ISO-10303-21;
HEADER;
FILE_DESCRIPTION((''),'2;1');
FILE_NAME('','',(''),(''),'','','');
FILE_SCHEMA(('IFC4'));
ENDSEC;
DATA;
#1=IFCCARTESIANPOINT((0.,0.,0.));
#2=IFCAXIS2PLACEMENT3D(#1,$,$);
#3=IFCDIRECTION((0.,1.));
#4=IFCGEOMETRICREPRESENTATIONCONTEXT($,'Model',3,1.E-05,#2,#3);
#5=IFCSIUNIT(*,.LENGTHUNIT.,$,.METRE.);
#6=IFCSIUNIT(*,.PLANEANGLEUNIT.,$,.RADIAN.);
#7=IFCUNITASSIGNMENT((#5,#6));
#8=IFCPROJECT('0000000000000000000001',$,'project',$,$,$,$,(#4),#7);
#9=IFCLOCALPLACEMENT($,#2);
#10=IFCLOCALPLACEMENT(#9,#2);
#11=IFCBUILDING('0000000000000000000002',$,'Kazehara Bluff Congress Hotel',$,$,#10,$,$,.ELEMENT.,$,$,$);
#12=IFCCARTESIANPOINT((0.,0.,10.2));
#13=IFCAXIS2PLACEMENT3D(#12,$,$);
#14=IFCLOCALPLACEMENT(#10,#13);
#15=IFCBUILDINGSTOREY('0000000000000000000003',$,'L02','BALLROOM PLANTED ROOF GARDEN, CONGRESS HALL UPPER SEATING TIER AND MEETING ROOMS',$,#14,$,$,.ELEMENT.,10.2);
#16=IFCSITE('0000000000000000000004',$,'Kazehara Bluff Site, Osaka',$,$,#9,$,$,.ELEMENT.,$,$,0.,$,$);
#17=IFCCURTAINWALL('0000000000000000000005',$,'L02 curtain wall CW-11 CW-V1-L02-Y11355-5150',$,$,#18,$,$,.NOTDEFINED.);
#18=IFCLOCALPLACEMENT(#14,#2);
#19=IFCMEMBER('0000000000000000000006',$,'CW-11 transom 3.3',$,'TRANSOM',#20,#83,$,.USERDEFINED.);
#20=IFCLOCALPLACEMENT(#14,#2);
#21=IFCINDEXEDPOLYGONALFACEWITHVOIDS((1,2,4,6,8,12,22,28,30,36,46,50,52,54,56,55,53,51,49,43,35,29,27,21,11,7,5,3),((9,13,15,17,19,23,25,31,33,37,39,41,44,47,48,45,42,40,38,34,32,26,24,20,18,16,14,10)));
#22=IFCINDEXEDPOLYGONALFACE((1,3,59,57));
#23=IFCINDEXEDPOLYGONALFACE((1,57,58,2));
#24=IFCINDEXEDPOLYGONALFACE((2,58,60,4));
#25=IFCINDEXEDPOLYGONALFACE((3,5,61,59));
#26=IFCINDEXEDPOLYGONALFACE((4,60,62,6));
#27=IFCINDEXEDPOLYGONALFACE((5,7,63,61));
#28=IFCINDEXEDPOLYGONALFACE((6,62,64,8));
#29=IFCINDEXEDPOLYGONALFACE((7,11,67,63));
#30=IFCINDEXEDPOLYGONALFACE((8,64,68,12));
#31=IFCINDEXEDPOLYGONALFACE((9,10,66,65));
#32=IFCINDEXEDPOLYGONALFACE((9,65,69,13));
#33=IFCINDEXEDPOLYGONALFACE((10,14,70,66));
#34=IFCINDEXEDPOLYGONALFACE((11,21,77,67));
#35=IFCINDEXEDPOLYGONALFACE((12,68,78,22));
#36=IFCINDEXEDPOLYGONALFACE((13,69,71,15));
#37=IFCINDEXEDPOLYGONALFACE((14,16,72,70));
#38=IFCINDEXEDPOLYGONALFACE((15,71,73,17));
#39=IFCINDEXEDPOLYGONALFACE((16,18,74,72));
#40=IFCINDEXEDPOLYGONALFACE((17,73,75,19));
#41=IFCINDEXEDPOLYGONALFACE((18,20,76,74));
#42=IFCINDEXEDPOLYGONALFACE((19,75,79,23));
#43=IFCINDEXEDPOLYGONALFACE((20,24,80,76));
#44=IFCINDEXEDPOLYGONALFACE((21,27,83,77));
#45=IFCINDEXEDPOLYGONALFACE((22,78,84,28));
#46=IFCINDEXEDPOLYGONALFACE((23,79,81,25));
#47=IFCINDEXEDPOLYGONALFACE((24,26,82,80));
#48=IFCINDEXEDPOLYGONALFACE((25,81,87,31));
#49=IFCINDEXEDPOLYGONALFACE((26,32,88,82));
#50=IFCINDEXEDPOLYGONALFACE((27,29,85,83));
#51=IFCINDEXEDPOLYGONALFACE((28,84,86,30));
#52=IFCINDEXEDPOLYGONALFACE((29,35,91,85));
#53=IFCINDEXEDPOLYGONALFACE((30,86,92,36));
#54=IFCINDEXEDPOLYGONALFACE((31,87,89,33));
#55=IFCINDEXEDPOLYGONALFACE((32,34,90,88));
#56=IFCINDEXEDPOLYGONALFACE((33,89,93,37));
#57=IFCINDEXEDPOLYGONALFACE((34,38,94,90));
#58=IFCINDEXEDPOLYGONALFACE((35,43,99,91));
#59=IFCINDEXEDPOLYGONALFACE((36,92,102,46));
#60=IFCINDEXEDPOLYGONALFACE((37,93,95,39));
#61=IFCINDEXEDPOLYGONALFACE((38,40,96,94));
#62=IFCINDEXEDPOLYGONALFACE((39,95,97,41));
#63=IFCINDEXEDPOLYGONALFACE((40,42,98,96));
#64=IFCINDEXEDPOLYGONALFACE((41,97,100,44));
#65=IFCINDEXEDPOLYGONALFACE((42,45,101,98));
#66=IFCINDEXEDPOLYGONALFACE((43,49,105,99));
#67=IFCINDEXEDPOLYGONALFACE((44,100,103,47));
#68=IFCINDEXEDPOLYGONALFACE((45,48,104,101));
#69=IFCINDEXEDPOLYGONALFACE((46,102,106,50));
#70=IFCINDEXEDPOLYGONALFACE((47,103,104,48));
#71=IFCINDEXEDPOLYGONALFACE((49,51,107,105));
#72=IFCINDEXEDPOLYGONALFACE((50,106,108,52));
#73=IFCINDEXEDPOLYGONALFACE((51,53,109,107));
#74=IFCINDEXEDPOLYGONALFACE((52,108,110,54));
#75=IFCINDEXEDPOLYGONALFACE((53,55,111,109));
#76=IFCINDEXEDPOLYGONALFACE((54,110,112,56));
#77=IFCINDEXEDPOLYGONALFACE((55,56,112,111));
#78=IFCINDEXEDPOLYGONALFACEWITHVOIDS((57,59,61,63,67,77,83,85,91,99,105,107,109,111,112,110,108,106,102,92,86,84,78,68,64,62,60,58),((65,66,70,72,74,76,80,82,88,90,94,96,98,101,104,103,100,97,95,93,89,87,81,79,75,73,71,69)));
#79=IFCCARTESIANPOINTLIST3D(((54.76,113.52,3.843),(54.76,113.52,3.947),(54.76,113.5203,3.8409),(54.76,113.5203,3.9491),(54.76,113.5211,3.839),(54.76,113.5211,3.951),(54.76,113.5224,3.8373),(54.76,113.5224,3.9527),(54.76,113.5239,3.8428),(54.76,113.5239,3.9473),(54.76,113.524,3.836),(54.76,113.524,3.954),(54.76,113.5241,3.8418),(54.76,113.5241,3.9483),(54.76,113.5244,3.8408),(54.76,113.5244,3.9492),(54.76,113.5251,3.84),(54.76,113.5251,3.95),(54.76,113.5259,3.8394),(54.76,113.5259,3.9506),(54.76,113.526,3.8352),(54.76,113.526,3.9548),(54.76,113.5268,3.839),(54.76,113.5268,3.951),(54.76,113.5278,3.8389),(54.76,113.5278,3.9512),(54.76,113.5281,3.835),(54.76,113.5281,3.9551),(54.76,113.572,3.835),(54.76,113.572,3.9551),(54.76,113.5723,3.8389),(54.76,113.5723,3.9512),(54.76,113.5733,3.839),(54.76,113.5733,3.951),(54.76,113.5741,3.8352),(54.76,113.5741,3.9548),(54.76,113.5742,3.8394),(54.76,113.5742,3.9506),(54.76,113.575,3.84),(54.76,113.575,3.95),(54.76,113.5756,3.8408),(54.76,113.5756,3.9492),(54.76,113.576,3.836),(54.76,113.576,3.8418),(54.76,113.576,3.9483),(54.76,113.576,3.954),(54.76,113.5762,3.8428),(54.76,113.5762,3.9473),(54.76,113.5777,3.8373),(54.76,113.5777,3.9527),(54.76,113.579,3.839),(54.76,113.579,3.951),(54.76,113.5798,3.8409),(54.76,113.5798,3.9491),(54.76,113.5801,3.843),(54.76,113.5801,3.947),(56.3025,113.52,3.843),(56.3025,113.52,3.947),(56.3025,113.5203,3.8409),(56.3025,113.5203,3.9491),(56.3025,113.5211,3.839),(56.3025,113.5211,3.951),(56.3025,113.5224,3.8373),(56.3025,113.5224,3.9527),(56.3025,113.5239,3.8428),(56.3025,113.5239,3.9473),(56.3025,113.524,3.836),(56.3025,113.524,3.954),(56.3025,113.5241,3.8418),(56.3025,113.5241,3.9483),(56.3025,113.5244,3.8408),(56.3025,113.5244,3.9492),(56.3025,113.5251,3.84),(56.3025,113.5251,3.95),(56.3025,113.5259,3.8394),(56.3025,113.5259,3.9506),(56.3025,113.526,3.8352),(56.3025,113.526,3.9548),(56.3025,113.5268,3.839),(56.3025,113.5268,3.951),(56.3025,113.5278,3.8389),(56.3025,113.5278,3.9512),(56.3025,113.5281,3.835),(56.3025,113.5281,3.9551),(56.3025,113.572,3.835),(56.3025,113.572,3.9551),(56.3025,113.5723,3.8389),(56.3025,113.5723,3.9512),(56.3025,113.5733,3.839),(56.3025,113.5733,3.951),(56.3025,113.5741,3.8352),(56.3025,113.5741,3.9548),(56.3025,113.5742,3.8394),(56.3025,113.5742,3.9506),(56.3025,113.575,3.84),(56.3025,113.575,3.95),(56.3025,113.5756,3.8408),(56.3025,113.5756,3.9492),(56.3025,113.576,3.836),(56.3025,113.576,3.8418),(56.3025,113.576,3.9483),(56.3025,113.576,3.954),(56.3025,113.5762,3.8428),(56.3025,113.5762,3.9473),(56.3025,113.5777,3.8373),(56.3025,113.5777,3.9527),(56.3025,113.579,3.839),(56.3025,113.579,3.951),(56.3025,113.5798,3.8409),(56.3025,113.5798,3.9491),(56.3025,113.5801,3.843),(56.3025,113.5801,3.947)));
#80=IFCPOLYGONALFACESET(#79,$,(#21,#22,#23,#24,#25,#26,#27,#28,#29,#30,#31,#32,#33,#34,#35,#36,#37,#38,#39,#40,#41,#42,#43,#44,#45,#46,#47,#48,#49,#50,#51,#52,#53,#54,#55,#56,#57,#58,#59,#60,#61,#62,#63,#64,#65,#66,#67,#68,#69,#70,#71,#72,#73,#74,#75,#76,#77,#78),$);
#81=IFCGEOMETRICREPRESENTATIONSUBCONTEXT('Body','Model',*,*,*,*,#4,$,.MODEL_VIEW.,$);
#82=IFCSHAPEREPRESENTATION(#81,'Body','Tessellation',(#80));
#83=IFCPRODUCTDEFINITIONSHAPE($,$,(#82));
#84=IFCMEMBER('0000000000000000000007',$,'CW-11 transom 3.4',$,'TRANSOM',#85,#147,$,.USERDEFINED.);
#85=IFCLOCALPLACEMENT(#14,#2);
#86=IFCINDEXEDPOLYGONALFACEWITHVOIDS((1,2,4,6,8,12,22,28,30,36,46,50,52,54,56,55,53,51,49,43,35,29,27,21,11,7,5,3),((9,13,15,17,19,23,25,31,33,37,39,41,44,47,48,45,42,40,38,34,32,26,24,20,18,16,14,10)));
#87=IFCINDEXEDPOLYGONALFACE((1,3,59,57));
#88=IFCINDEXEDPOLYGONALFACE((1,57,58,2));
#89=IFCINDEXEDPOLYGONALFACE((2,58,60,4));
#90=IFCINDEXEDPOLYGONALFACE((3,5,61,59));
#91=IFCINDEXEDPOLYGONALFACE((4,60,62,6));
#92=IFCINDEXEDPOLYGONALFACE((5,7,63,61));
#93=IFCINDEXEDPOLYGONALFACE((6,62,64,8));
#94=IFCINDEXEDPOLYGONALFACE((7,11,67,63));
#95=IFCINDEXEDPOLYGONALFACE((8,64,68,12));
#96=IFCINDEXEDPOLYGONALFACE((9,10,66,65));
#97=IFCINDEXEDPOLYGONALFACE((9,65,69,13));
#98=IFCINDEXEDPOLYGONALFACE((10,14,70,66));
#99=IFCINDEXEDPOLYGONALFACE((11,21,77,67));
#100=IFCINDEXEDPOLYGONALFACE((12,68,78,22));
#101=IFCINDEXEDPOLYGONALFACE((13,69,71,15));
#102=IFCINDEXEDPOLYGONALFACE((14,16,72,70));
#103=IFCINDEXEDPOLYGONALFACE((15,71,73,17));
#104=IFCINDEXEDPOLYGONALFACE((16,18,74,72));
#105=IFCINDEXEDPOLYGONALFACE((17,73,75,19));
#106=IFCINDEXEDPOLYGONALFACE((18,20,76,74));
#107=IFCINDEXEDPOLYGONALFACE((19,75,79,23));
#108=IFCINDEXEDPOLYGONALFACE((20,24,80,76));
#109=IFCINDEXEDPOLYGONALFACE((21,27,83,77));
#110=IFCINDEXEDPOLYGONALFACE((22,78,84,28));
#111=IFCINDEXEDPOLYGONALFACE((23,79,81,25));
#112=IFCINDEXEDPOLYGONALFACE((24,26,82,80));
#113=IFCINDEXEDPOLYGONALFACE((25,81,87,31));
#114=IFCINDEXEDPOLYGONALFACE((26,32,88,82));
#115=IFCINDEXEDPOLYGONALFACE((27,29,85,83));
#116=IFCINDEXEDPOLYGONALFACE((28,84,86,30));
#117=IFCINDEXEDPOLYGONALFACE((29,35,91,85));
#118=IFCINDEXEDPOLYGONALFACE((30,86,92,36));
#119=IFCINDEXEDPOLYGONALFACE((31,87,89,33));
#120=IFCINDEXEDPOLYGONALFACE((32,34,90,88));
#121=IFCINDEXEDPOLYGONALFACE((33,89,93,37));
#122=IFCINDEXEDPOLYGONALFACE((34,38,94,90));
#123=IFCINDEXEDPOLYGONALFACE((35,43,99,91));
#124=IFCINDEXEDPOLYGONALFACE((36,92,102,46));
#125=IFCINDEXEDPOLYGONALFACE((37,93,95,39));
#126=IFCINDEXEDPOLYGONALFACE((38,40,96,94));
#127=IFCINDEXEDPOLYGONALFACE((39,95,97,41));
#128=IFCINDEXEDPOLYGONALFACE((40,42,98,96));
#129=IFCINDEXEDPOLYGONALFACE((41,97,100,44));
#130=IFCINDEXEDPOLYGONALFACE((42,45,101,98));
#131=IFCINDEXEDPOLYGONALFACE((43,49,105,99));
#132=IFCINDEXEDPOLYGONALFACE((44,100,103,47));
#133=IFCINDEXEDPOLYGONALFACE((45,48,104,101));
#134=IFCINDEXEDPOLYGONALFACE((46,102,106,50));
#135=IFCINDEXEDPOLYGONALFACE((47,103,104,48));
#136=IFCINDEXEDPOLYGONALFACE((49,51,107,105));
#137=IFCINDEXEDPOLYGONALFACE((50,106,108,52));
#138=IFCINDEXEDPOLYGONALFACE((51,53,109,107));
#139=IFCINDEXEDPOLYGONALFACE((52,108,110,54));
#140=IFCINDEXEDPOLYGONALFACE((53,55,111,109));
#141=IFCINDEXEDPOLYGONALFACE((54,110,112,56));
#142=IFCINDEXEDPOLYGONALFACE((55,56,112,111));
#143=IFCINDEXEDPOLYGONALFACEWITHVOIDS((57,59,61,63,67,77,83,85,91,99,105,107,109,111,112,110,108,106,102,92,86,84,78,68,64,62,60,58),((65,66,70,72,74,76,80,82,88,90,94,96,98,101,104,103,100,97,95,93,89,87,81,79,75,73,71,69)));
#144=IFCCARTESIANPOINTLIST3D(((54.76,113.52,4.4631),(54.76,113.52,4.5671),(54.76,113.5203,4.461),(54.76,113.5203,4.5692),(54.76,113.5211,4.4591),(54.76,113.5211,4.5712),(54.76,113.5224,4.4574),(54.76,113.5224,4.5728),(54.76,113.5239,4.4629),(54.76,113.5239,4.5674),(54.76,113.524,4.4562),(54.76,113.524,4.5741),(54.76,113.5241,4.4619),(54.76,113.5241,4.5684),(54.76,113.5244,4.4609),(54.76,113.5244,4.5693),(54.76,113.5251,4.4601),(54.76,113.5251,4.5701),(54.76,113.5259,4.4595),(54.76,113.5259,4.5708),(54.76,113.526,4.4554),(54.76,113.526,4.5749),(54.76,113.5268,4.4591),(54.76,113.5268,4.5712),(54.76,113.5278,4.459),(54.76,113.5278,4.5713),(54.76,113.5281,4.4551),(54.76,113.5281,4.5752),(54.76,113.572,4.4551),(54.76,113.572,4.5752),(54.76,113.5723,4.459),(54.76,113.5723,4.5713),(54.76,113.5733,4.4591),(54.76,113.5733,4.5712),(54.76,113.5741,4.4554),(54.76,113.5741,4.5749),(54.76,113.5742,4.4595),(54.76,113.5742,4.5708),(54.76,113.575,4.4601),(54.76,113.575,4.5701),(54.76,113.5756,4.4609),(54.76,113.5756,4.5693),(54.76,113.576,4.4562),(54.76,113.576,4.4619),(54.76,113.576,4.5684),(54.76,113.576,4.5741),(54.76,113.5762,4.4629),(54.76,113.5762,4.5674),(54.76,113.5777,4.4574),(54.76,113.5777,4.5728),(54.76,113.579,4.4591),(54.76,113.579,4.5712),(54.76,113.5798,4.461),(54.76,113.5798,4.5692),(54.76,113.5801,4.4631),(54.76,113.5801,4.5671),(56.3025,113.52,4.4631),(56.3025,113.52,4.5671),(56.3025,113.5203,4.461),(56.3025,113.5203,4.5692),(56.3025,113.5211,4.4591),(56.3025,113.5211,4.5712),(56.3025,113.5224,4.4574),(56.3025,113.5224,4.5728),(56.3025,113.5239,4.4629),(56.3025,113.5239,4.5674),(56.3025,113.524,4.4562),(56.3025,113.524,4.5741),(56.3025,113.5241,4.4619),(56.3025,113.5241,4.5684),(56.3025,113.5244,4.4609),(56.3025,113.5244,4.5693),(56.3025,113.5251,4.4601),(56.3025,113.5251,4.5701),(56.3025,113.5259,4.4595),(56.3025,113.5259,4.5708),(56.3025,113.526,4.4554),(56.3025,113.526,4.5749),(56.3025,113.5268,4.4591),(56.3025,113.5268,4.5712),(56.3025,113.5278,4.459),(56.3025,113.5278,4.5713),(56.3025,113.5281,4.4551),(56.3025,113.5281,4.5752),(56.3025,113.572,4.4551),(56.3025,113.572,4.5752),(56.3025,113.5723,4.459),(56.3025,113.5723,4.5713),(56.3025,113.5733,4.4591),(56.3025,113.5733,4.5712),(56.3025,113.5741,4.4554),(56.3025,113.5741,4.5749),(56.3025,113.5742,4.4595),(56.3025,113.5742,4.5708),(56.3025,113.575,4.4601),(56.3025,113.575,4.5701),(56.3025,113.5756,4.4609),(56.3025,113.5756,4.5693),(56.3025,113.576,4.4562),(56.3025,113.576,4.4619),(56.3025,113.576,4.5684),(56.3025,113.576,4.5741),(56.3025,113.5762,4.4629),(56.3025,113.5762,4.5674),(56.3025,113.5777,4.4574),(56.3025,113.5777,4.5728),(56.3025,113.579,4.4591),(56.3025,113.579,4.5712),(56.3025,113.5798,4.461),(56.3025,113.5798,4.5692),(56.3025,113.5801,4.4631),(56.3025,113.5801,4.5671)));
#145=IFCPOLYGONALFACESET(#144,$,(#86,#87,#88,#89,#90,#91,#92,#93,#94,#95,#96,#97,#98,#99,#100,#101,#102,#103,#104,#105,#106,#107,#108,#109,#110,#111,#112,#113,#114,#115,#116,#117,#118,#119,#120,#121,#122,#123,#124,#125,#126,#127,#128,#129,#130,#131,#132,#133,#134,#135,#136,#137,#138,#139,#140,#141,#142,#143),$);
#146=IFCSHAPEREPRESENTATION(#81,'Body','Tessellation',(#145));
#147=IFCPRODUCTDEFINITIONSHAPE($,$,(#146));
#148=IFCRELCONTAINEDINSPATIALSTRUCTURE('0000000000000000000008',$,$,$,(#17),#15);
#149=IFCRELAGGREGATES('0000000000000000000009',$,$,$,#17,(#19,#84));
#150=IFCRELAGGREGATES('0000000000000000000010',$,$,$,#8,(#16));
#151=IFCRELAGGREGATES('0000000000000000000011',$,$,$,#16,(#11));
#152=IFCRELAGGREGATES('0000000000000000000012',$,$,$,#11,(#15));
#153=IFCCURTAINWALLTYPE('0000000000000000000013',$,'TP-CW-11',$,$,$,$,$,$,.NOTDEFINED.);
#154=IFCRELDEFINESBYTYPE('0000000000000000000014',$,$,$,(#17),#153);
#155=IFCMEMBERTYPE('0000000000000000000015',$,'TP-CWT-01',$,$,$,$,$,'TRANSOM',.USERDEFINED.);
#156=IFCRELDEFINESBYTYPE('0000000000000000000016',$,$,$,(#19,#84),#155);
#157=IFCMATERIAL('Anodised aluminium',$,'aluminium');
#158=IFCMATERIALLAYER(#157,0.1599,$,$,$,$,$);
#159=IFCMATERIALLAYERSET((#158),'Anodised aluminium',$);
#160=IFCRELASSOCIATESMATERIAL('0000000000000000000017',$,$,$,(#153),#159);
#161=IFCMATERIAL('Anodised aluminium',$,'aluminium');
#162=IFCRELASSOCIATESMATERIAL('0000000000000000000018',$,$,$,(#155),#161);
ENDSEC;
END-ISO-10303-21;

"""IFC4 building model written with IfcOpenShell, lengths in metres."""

from ifc_helpers import new_model, si_unit, direction, frame, origin, origin_2d, place, context, subcontext, project, spatial, hollow_rectangle, extrude, material, layer, layer_set, material_profile, profile_set, type_object, element, aggregate, save


model = new_model("IFC4")

# Units and contexts
model_context = context("Model", 3, precision=1e-05, world=origin(), true_north=direction((0.0, 1.0)))
body_context = subcontext(model_context, "Body", "Model", "MODEL_VIEW")
ifc_project = project(units=[si_unit("LENGTHUNIT", "METRE"), si_unit("PLANEANGLEUNIT", "RADIAN")], contexts=[model_context])

# Site, building, storey
site_placement = place(None, origin())
site = spatial("IfcSite", under=ifc_project, at=site_placement, Name="Kazehara Bluff Site, Osaka", CompositionType="ELEMENT", RefElevation=0.0)
building_placement = place(site_placement, origin())
building = spatial("IfcBuilding", under=site, at=building_placement, Name="Kazehara Bluff Congress Hotel", CompositionType="ELEMENT")
storey_placement = place(building_placement, frame((0.0, 0.0, 10.2)))
storey = spatial("IfcBuildingStorey", under=building, at=storey_placement, Name="L02", Description="BALLROOM PLANTED ROOF GARDEN, CONGRESS HALL UPPER SEATING TIER AND MEETING ROOMS", CompositionType="ELEMENT", Elevation=10.2)

# Curtain wall, members
ifc_material_1 = material(Name="Anodised aluminium", Category="aluminium")
ifc_layer_1 = layer(ifc_material_1, 0.1599)
ifc_layer_set_1 = layer_set([ifc_layer_1], Name="Anodised aluminium")
curtain_wall_type = type_object("IfcCurtainWallType", Name="TP-CW-11", PredefinedType="NOTDEFINED", material=ifc_layer_set_1)
curtain_wall_placement = place(storey_placement, origin())
curtain_wall = element("IfcCurtainWall", 1, at=curtain_wall_placement, inside=storey, type_object=curtain_wall_type, Name="L02 curtain wall CW-11 CW-V1-L02-Y11355-5150", PredefinedType="NOTDEFINED")
ifc_material_2 = material(Name="Anodised aluminium", Category="aluminium")
ifc_material_profile_1 = material_profile(ifc_material_2, hollow_rectangle(XDim=0.0601, YDim=0.1201, WallThickness=0.0039, InnerFilletRadius=0.0039, OuterFilletRadius=0.0081, at=origin_2d()))
ifc_profile_set_1 = profile_set([ifc_material_profile_1], Name="Anodised aluminium")
member_type_1 = type_object("IfcMemberType", Name="TP-CWT-01", ElementType="TRANSOM", PredefinedType="USERDEFINED", material=ifc_profile_set_1)
member_1_placement = place(storey_placement, frame((54.76, 113.55, 3.895), z_axis=(1.0, 0.0, 0.0), x_axis=(0.0, 1.0, 0.0)))
member_1 = element("IfcMember", 2, at=member_1_placement, type_object=member_type_1, Name="CW-11 transom 3.3", ObjectType="TRANSOM", PredefinedType="USERDEFINED", context=body_context, shape_type="SweptSolid", body=[
    extrude(hollow_rectangle(XDim=0.0601, YDim=0.1201, WallThickness=0.0039, InnerFilletRadius=0.0039, OuterFilletRadius=0.0081, at=origin_2d()), origin(), (0.0, 0.0, 1.0), 1.5425),
])
member_2_placement = place(storey_placement, frame((54.76, 113.55, 4.5151), z_axis=(1.0, 0.0, 0.0), x_axis=(0.0, 1.0, 0.0)))
member_2 = element("IfcMember", 3, at=member_2_placement, type_object=member_type_1, Name="CW-11 transom 3.4", ObjectType="TRANSOM", PredefinedType="USERDEFINED", context=body_context, shape_type="SweptSolid", body=[
    extrude(hollow_rectangle(XDim=0.0601, YDim=0.1201, WallThickness=0.0039, InnerFilletRadius=0.0039, OuterFilletRadius=0.0081, at=origin_2d()), origin(), (0.0, 0.0, 1.0), 1.5425),
])
aggregate(curtain_wall, [member_1, member_2])

save(model, "model.ifc")
